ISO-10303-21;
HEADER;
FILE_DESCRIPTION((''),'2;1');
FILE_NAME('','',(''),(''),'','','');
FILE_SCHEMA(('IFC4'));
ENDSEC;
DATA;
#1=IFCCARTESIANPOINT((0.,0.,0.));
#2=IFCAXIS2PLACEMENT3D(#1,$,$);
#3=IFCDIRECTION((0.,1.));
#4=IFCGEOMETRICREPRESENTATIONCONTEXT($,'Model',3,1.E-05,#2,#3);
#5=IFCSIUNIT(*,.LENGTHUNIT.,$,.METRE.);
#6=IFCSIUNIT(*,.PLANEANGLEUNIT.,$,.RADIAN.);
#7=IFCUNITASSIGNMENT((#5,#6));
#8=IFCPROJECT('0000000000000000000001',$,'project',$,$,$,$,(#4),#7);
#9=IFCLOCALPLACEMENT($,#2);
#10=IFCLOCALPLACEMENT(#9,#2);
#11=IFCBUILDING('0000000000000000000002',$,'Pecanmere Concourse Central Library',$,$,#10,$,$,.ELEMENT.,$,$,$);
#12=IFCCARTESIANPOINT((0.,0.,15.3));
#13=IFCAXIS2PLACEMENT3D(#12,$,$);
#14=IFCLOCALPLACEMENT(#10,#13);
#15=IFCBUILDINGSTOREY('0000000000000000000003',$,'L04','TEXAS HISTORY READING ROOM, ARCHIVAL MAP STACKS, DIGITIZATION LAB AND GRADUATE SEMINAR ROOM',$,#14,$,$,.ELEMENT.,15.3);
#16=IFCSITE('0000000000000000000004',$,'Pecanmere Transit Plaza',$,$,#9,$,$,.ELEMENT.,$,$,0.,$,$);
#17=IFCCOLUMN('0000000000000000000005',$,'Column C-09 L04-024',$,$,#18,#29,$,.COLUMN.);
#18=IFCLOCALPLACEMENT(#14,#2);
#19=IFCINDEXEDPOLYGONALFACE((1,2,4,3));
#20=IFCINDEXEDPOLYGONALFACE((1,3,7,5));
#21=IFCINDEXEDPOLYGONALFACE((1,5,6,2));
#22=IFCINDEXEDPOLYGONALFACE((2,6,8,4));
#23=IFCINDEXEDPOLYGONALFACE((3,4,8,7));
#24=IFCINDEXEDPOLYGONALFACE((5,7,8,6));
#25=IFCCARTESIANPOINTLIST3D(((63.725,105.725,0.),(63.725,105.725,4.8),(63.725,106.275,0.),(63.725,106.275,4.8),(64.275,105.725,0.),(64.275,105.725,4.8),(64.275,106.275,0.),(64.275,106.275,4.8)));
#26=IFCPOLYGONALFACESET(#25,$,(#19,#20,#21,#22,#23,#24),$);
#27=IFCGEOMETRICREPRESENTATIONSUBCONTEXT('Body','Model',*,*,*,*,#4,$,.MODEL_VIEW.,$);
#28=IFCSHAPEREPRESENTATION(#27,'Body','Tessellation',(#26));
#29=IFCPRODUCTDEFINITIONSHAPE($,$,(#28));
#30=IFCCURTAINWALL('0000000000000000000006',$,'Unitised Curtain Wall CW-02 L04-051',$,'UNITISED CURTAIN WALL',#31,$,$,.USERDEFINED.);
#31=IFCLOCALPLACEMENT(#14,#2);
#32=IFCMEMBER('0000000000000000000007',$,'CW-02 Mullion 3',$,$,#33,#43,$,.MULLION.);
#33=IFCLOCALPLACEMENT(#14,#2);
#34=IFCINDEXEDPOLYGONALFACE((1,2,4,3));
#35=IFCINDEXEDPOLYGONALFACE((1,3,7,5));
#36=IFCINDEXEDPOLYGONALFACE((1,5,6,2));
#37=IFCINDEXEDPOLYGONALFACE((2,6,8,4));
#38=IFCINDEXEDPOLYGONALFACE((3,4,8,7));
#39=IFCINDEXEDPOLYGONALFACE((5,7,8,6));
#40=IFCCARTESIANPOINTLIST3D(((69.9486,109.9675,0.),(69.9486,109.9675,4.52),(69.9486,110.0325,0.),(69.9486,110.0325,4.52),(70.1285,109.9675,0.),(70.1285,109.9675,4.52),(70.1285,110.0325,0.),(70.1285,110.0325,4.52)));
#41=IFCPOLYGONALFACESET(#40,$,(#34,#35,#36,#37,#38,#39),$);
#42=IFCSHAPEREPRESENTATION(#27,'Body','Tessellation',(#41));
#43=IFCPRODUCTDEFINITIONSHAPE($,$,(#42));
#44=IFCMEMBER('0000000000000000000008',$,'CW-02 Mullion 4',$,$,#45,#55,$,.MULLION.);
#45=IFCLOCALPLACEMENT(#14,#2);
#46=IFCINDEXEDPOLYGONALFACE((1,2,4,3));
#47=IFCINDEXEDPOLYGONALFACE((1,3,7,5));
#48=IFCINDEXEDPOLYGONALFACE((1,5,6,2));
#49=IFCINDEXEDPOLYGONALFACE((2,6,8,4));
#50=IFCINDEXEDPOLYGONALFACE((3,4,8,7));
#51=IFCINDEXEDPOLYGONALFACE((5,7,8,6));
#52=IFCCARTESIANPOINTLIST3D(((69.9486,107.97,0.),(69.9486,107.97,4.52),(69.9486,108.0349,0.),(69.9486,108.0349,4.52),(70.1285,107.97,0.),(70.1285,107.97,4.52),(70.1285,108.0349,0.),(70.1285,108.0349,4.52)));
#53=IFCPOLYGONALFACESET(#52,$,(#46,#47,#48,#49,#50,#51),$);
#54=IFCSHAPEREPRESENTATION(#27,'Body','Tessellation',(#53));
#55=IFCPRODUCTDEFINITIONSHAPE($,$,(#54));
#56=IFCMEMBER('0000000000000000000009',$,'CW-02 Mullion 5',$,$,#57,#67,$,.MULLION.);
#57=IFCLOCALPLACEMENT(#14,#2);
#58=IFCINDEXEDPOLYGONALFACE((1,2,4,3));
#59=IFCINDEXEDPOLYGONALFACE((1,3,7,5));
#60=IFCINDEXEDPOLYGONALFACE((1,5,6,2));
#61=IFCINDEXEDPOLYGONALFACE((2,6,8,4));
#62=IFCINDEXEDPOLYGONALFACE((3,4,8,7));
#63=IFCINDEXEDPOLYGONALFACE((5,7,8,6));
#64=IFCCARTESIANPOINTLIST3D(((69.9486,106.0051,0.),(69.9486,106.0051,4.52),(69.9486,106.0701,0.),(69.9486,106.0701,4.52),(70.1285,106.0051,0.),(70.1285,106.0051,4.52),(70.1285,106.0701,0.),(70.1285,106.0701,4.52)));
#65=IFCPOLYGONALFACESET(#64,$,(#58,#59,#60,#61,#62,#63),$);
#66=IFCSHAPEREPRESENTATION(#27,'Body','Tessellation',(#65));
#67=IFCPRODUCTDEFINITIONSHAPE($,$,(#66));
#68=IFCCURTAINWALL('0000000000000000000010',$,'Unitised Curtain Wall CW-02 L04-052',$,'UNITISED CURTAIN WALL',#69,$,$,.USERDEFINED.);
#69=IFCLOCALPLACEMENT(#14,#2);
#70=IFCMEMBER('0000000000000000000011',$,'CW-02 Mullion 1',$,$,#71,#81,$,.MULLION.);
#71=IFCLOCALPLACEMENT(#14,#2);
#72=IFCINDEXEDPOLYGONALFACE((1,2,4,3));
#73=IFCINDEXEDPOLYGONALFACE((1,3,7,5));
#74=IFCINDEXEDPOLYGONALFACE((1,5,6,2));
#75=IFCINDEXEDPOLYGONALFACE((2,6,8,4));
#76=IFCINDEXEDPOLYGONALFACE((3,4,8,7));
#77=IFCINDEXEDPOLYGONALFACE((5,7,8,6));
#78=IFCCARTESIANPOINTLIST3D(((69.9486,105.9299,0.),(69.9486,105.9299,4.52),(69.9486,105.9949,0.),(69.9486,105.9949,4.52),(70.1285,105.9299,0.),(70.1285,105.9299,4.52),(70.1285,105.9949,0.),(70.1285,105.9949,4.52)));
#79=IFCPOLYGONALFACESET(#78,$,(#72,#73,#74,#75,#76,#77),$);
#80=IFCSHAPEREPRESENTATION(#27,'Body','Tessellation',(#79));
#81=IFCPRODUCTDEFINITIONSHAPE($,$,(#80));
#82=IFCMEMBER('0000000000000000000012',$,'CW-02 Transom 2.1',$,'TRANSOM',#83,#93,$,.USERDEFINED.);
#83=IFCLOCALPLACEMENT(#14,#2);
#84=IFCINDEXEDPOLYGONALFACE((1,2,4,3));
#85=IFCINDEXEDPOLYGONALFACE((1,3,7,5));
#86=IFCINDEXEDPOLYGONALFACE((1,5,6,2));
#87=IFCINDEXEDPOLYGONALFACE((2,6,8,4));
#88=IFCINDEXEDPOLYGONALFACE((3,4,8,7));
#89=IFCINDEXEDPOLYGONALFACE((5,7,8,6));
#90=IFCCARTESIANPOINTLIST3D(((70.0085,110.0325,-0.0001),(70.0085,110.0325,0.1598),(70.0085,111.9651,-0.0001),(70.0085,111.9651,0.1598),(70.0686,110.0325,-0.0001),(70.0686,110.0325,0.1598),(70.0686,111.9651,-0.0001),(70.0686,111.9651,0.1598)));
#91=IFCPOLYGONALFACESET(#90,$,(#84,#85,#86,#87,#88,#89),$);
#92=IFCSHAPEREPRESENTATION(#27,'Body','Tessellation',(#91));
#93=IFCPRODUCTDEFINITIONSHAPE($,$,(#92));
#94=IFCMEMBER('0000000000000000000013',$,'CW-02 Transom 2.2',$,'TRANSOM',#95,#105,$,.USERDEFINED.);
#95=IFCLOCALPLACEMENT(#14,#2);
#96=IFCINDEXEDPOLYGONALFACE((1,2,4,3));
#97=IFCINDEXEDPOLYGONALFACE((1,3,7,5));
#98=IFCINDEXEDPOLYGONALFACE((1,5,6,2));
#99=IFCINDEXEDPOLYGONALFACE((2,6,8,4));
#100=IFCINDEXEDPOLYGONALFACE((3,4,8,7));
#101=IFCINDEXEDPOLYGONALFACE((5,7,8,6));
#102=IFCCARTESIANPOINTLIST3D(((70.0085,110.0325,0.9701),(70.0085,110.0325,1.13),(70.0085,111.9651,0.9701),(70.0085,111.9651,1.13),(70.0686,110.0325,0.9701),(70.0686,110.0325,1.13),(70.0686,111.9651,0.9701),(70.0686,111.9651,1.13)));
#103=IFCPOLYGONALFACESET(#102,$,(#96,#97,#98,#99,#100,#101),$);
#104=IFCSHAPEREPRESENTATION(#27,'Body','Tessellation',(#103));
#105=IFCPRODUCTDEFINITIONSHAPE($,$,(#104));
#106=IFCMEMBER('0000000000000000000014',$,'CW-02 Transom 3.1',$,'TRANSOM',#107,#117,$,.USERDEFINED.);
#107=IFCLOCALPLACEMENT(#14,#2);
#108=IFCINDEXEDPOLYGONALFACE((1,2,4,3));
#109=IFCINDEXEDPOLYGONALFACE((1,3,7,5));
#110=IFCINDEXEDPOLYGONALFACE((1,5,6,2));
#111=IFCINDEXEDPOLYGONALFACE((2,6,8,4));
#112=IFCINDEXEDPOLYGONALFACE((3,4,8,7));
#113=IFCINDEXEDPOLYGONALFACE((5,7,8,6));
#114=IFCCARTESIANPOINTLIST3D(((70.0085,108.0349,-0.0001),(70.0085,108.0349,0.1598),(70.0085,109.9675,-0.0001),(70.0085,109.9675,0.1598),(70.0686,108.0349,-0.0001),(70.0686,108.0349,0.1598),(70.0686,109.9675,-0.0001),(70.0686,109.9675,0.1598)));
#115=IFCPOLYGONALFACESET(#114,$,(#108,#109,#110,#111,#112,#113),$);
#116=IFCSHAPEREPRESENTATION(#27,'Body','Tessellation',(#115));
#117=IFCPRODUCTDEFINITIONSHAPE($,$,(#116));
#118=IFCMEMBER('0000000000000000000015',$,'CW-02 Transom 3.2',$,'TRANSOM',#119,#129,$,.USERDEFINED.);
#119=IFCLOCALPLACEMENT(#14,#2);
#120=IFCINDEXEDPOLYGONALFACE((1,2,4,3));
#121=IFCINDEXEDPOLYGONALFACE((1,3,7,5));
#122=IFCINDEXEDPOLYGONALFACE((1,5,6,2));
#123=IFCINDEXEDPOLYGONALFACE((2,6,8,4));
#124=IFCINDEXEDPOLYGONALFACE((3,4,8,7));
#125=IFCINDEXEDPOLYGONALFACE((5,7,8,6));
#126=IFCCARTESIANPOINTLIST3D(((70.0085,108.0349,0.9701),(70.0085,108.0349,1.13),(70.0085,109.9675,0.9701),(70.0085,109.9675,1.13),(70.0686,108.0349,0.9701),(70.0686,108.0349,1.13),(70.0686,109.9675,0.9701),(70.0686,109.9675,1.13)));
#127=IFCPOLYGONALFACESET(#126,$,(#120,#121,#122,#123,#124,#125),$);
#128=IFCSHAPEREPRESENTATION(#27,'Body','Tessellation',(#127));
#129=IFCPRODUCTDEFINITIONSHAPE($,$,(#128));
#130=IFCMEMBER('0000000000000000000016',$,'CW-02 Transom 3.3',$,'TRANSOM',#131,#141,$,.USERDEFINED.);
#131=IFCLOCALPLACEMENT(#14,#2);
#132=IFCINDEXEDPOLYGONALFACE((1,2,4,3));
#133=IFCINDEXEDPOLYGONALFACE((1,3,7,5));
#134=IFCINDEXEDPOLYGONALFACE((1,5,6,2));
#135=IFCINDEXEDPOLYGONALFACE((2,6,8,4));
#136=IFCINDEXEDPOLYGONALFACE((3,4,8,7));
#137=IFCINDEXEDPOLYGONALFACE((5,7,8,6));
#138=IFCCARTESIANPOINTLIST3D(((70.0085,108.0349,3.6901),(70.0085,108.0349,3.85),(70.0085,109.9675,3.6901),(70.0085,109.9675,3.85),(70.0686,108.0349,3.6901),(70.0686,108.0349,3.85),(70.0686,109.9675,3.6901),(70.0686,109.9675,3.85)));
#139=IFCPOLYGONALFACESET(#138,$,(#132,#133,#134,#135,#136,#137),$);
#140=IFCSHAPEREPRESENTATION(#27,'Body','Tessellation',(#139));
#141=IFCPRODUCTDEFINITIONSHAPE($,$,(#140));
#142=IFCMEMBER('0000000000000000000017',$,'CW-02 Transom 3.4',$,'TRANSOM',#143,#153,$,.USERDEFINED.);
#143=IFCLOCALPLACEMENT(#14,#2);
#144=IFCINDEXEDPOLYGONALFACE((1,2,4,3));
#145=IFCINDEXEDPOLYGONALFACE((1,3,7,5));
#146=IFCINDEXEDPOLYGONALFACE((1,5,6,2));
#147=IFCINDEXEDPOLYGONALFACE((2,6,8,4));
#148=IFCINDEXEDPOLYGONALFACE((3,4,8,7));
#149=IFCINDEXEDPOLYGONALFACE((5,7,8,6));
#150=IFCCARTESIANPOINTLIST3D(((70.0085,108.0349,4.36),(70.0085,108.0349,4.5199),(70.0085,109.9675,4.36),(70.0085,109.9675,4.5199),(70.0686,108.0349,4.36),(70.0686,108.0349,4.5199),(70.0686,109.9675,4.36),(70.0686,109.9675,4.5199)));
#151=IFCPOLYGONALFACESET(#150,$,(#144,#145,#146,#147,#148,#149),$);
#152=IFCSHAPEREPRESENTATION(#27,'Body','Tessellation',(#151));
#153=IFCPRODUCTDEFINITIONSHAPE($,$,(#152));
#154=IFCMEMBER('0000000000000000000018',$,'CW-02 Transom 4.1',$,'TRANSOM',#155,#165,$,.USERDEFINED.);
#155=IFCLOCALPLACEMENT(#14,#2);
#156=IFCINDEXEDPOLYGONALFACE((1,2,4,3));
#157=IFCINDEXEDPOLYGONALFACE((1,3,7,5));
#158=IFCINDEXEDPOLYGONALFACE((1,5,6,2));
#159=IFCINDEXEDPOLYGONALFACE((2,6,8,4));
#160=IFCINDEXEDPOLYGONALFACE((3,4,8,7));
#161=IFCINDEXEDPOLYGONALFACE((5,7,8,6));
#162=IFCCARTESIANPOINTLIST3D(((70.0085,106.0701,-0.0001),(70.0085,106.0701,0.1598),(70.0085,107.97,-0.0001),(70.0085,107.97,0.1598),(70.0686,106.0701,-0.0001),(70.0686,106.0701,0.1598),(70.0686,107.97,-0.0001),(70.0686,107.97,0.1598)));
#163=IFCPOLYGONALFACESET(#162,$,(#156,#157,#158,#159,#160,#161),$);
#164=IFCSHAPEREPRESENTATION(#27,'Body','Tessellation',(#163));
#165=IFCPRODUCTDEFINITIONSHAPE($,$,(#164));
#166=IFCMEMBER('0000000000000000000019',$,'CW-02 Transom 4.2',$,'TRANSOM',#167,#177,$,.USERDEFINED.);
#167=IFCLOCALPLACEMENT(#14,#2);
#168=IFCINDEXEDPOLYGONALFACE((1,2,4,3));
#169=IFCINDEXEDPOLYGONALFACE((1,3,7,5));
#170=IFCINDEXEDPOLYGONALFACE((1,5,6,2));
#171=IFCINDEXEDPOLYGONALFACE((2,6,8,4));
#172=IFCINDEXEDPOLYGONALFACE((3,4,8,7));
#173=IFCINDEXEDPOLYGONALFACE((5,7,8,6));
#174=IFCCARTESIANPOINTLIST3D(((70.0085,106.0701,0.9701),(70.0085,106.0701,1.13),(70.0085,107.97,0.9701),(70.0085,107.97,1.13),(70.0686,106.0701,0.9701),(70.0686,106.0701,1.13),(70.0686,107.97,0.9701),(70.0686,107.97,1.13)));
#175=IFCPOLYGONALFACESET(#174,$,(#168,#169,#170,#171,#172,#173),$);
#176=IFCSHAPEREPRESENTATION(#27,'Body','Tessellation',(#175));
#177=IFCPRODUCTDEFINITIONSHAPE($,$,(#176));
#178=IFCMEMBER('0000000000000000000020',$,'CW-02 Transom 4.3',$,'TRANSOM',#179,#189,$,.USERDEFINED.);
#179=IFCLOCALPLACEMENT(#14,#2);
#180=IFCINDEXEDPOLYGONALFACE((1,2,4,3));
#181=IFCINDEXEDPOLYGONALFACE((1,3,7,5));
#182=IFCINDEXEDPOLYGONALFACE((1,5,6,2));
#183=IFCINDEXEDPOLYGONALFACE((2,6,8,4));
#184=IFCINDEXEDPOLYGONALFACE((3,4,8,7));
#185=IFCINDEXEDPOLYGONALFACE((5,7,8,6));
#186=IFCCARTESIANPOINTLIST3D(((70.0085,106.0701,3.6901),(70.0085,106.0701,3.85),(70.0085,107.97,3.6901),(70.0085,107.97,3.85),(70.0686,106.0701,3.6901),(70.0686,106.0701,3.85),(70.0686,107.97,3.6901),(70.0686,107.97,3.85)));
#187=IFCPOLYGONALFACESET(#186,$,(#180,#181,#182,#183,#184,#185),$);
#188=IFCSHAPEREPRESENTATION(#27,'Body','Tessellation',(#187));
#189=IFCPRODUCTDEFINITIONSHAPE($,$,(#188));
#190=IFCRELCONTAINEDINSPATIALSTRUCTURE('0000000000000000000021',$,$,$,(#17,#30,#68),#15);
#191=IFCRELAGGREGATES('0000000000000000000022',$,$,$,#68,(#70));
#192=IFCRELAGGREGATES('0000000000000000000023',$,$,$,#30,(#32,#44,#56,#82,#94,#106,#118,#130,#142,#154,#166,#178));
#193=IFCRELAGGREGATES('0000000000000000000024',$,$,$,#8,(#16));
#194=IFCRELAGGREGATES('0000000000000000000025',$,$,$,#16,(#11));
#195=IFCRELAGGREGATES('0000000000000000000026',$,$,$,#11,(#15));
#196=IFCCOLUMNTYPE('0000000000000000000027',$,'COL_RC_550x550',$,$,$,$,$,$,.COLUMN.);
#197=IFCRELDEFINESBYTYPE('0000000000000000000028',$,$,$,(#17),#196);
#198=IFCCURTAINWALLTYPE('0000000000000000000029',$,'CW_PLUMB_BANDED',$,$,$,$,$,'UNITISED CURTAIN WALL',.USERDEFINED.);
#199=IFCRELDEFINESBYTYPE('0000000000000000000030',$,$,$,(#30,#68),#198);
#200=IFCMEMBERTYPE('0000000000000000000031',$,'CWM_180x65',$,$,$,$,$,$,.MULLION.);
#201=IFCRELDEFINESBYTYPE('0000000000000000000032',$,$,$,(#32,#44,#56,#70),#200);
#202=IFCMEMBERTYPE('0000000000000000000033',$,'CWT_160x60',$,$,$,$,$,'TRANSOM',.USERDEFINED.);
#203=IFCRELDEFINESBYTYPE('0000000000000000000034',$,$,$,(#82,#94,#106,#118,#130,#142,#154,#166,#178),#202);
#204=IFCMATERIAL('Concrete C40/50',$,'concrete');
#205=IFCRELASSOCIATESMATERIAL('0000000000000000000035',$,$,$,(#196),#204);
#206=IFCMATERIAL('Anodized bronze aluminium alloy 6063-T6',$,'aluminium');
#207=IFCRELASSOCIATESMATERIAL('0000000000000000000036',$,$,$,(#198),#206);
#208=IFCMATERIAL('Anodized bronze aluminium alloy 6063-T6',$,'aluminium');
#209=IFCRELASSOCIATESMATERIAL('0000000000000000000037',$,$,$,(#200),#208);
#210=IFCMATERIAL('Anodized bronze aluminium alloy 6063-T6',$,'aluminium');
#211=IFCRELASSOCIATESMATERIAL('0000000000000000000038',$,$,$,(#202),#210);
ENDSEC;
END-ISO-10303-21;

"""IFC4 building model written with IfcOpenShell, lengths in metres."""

from ifc_helpers import new_model, si_unit, direction, frame, origin, origin_2d, place, context, subcontext, project, spatial, rectangle, extrude, material, material_profile, profile_set, type_object, element, aggregate, save


model = new_model("IFC4")

# Units and contexts
model_context = context("Model", 3, precision=1e-05, world=origin(), true_north=direction((0.0, 1.0)))
body_context = subcontext(model_context, "Body", "Model", "MODEL_VIEW")
ifc_project = project(units=[si_unit("LENGTHUNIT", "METRE"), si_unit("PLANEANGLEUNIT", "RADIAN")], contexts=[model_context])

# Site, building, storey
site_placement = place(None, origin())
site = spatial("IfcSite", under=ifc_project, at=site_placement, Name="Pecanmere Transit Plaza", CompositionType="ELEMENT", RefElevation=0.0)
building_placement = place(site_placement, origin())
building = spatial("IfcBuilding", under=site, at=building_placement, Name="Pecanmere Concourse Central Library", CompositionType="ELEMENT")
storey_placement = place(building_placement, frame((0.0, 0.0, 15.3)))
storey = spatial("IfcBuildingStorey", under=building, at=storey_placement, Name="L04", Description="TEXAS HISTORY READING ROOM, ARCHIVAL MAP STACKS, DIGITIZATION LAB AND GRADUATE SEMINAR ROOM", CompositionType="ELEMENT", Elevation=15.3)

# Column
ifc_material_1 = material(Name="Concrete C40/50", Category="concrete")
ifc_material_profile_1 = material_profile(ifc_material_1, rectangle(XDim=0.55, YDim=0.55, at=origin_2d()), Name="RC 550x550")
ifc_profile_set_1 = profile_set([ifc_material_profile_1], Name="Concrete C40/50")
column_type = type_object("IfcColumnType", Name="COL_RC_550x550", PredefinedType="COLUMN", material=ifc_profile_set_1)
column_placement = place(storey_placement, frame((64.0, 106.0, 0.0), z_axis=(0.0, 0.0, 1.0), x_axis=(1.0, 0.0, 0.0)))
element("IfcColumn", 1, at=column_placement, inside=storey, type_object=column_type, Name="Column C-09 L04-024", PredefinedType="COLUMN", context=body_context, shape_type="SweptSolid", body=[
    extrude(rectangle(XDim=0.55, YDim=0.55, at=origin_2d()), origin(), (0.0, 0.0, 1.0), 4.8),
])

# Curtain wall, members
ifc_material_2 = material(Name="Anodized bronze aluminium alloy 6063-T6", Category="aluminium")
curtain_wall_type = type_object("IfcCurtainWallType", Name="CW_PLUMB_BANDED", ElementType="UNITISED CURTAIN WALL", PredefinedType="USERDEFINED", material=ifc_material_2)
curtain_wall_1_placement = place(storey_placement, origin())
curtain_wall_1 = element("IfcCurtainWall", 2, at=curtain_wall_1_placement, inside=storey, type_object=curtain_wall_type, Name="Unitised Curtain Wall CW-02 L04-051", ObjectType="UNITISED CURTAIN WALL", PredefinedType="USERDEFINED")
ifc_material_3 = material(Name="Anodized bronze aluminium alloy 6063-T6", Category="aluminium")
ifc_material_profile_2 = material_profile(ifc_material_3, rectangle(XDim=0.0649, YDim=0.1799, at=origin_2d()), Name="AL 65x180")
ifc_profile_set_2 = profile_set([ifc_material_profile_2], Name="Anodized bronze aluminium alloy 6063-T6")
member_type_1 = type_object("IfcMemberType", Name="CWM_180x65", PredefinedType="MULLION", material=ifc_profile_set_2)
member_1_placement = place(storey_placement, frame((70.0386, 110.0, 0.0), z_axis=(0.0, 0.0, 1.0), x_axis=(0.0, -1.0, 0.0)))
member_1 = element("IfcMember", 3, at=member_1_placement, type_object=member_type_1, Name="CW-02 Mullion 3", PredefinedType="MULLION", context=body_context, shape_type="SweptSolid", body=[
    extrude(rectangle(XDim=0.0649, YDim=0.1799, at=origin_2d()), origin(), (0.0, 0.0, 1.0), 4.52),
])
member_2_placement = place(storey_placement, frame((70.0386, 108.0024, 0.0), z_axis=(0.0, 0.0, 1.0), x_axis=(0.0, -1.0, 0.0)))
member_2 = element("IfcMember", 4, at=member_2_placement, type_object=member_type_1, Name="CW-02 Mullion 4", PredefinedType="MULLION", context=body_context, shape_type="SweptSolid", body=[
    extrude(rectangle(XDim=0.0649, YDim=0.1799, at=origin_2d()), origin(), (0.0, 0.0, 1.0), 4.52),
])
member_3_placement = place(storey_placement, frame((70.0386, 106.0376, 0.0), z_axis=(0.0, 0.0, 1.0), x_axis=(0.0, -1.0, 0.0)))
member_3 = element("IfcMember", 5, at=member_3_placement, type_object=member_type_1, Name="CW-02 Mullion 5", PredefinedType="MULLION", context=body_context, shape_type="SweptSolid", body=[
    extrude(rectangle(XDim=0.0649, YDim=0.1799, at=origin_2d()), origin(), (0.0, 0.0, 1.0), 4.52),
])

# Curtain wall, member
curtain_wall_2_placement = place(storey_placement, origin())
curtain_wall_2 = element("IfcCurtainWall", 6, at=curtain_wall_2_placement, inside=storey, type_object=curtain_wall_type, Name="Unitised Curtain Wall CW-02 L04-052", ObjectType="UNITISED CURTAIN WALL", PredefinedType="USERDEFINED")
member_4_placement = place(storey_placement, frame((70.0386, 105.9624, 0.0), z_axis=(0.0, 0.0, 1.0), x_axis=(0.0, -1.0, 0.0)))
member_4 = element("IfcMember", 7, at=member_4_placement, type_object=member_type_1, Name="CW-02 Mullion 1", PredefinedType="MULLION", context=body_context, shape_type="SweptSolid", body=[
    extrude(rectangle(XDim=0.0649, YDim=0.1799, at=origin_2d()), origin(), (0.0, 0.0, 1.0), 4.52),
])

# Members
ifc_material_4 = material(Name="Anodized bronze aluminium alloy 6063-T6", Category="aluminium")
ifc_material_profile_3 = material_profile(ifc_material_4, rectangle(XDim=0.0601, YDim=0.1599, at=origin_2d()), Name="AL 60x160")
ifc_profile_set_3 = profile_set([ifc_material_profile_3], Name="Anodized bronze aluminium alloy 6063-T6")
member_type_2 = type_object("IfcMemberType", Name="CWT_160x60", ElementType="TRANSOM", PredefinedType="USERDEFINED", material=ifc_profile_set_3)
member_5_placement = place(storey_placement, frame((70.0386, 111.9651, 0.0798), z_axis=(0.0, -1.0, 0.0), x_axis=(1.0, 0.0, 0.0)))
member_5 = element("IfcMember", 8, at=member_5_placement, type_object=member_type_2, Name="CW-02 Transom 2.1", ObjectType="TRANSOM", PredefinedType="USERDEFINED", context=body_context, shape_type="SweptSolid", body=[
    extrude(rectangle(XDim=0.0601, YDim=0.1599, at=origin_2d()), origin(), (0.0, 0.0, 1.0), 1.9326),
])
member_6_placement = place(storey_placement, frame((70.0386, 111.9651, 1.05), z_axis=(0.0, -1.0, 0.0), x_axis=(1.0, 0.0, 0.0)))
member_6 = element("IfcMember", 9, at=member_6_placement, type_object=member_type_2, Name="CW-02 Transom 2.2", ObjectType="TRANSOM", PredefinedType="USERDEFINED", context=body_context, shape_type="SweptSolid", body=[
    extrude(rectangle(XDim=0.0601, YDim=0.1599, at=origin_2d()), origin(), (0.0, 0.0, 1.0), 1.9326),
])
member_7_placement = place(storey_placement, frame((70.0386, 109.9675, 0.0798), z_axis=(0.0, -1.0, 0.0), x_axis=(1.0, 0.0, 0.0)))
member_7 = element("IfcMember", 10, at=member_7_placement, type_object=member_type_2, Name="CW-02 Transom 3.1", ObjectType="TRANSOM", PredefinedType="USERDEFINED", context=body_context, shape_type="SweptSolid", body=[
    extrude(rectangle(XDim=0.0601, YDim=0.1599, at=origin_2d()), origin(), (0.0, 0.0, 1.0), 1.9326),
])
member_8_placement = place(storey_placement, frame((70.0386, 109.9675, 1.05), z_axis=(0.0, -1.0, 0.0), x_axis=(1.0, 0.0, 0.0)))
member_8 = element("IfcMember", 11, at=member_8_placement, type_object=member_type_2, Name="CW-02 Transom 3.2", ObjectType="TRANSOM", PredefinedType="USERDEFINED", context=body_context, shape_type="SweptSolid", body=[
    extrude(rectangle(XDim=0.0601, YDim=0.1599, at=origin_2d()), origin(), (0.0, 0.0, 1.0), 1.9326),
])
member_9_placement = place(storey_placement, frame((70.0386, 109.9675, 3.77), z_axis=(0.0, -1.0, 0.0), x_axis=(1.0, 0.0, 0.0)))
member_9 = element("IfcMember", 12, at=member_9_placement, type_object=member_type_2, Name="CW-02 Transom 3.3", ObjectType="TRANSOM", PredefinedType="USERDEFINED", context=body_context, shape_type="SweptSolid", body=[
    extrude(rectangle(XDim=0.0601, YDim=0.1599, at=origin_2d()), origin(), (0.0, 0.0, 1.0), 1.9326),
])
member_10_placement = place(storey_placement, frame((70.0386, 109.9675, 4.4399), z_axis=(0.0, -1.0, 0.0), x_axis=(1.0, 0.0, 0.0)))
member_10 = element("IfcMember", 13, at=member_10_placement, type_object=member_type_2, Name="CW-02 Transom 3.4", ObjectType="TRANSOM", PredefinedType="USERDEFINED", context=body_context, shape_type="SweptSolid", body=[
    extrude(rectangle(XDim=0.0601, YDim=0.1599, at=origin_2d()), origin(), (0.0, 0.0, 1.0), 1.9326),
])
member_11_placement = place(storey_placement, frame((70.0386, 107.97, 0.0798), z_axis=(0.0, -1.0, 0.0), x_axis=(1.0, 0.0, 0.0)))
member_11 = element("IfcMember", 14, at=member_11_placement, type_object=member_type_2, Name="CW-02 Transom 4.1", ObjectType="TRANSOM", PredefinedType="USERDEFINED", context=body_context, shape_type="SweptSolid", body=[
    extrude(rectangle(XDim=0.0601, YDim=0.1599, at=origin_2d()), origin(), (0.0, 0.0, 1.0), 1.8999),
])
member_12_placement = place(storey_placement, frame((70.0386, 107.97, 1.05), z_axis=(0.0, -1.0, 0.0), x_axis=(1.0, 0.0, 0.0)))
member_12 = element("IfcMember", 15, at=member_12_placement, type_object=member_type_2, Name="CW-02 Transom 4.2", ObjectType="TRANSOM", PredefinedType="USERDEFINED", context=body_context, shape_type="SweptSolid", body=[
    extrude(rectangle(XDim=0.0601, YDim=0.1599, at=origin_2d()), origin(), (0.0, 0.0, 1.0), 1.8999),
])
member_13_placement = place(storey_placement, frame((70.0386, 107.97, 3.77), z_axis=(0.0, -1.0, 0.0), x_axis=(1.0, 0.0, 0.0)))
member_13 = element("IfcMember", 16, at=member_13_placement, type_object=member_type_2, Name="CW-02 Transom 4.3", ObjectType="TRANSOM", PredefinedType="USERDEFINED", context=body_context, shape_type="SweptSolid", body=[
    extrude(rectangle(XDim=0.0601, YDim=0.1599, at=origin_2d()), origin(), (0.0, 0.0, 1.0), 1.8999),
])
aggregate(curtain_wall_2, [member_4])

aggregate(curtain_wall_1, [member_1, member_2, member_3, member_5, member_6, member_7, member_8, member_9, member_10, member_11, member_12, member_13])

save(model, "model.ifc")
